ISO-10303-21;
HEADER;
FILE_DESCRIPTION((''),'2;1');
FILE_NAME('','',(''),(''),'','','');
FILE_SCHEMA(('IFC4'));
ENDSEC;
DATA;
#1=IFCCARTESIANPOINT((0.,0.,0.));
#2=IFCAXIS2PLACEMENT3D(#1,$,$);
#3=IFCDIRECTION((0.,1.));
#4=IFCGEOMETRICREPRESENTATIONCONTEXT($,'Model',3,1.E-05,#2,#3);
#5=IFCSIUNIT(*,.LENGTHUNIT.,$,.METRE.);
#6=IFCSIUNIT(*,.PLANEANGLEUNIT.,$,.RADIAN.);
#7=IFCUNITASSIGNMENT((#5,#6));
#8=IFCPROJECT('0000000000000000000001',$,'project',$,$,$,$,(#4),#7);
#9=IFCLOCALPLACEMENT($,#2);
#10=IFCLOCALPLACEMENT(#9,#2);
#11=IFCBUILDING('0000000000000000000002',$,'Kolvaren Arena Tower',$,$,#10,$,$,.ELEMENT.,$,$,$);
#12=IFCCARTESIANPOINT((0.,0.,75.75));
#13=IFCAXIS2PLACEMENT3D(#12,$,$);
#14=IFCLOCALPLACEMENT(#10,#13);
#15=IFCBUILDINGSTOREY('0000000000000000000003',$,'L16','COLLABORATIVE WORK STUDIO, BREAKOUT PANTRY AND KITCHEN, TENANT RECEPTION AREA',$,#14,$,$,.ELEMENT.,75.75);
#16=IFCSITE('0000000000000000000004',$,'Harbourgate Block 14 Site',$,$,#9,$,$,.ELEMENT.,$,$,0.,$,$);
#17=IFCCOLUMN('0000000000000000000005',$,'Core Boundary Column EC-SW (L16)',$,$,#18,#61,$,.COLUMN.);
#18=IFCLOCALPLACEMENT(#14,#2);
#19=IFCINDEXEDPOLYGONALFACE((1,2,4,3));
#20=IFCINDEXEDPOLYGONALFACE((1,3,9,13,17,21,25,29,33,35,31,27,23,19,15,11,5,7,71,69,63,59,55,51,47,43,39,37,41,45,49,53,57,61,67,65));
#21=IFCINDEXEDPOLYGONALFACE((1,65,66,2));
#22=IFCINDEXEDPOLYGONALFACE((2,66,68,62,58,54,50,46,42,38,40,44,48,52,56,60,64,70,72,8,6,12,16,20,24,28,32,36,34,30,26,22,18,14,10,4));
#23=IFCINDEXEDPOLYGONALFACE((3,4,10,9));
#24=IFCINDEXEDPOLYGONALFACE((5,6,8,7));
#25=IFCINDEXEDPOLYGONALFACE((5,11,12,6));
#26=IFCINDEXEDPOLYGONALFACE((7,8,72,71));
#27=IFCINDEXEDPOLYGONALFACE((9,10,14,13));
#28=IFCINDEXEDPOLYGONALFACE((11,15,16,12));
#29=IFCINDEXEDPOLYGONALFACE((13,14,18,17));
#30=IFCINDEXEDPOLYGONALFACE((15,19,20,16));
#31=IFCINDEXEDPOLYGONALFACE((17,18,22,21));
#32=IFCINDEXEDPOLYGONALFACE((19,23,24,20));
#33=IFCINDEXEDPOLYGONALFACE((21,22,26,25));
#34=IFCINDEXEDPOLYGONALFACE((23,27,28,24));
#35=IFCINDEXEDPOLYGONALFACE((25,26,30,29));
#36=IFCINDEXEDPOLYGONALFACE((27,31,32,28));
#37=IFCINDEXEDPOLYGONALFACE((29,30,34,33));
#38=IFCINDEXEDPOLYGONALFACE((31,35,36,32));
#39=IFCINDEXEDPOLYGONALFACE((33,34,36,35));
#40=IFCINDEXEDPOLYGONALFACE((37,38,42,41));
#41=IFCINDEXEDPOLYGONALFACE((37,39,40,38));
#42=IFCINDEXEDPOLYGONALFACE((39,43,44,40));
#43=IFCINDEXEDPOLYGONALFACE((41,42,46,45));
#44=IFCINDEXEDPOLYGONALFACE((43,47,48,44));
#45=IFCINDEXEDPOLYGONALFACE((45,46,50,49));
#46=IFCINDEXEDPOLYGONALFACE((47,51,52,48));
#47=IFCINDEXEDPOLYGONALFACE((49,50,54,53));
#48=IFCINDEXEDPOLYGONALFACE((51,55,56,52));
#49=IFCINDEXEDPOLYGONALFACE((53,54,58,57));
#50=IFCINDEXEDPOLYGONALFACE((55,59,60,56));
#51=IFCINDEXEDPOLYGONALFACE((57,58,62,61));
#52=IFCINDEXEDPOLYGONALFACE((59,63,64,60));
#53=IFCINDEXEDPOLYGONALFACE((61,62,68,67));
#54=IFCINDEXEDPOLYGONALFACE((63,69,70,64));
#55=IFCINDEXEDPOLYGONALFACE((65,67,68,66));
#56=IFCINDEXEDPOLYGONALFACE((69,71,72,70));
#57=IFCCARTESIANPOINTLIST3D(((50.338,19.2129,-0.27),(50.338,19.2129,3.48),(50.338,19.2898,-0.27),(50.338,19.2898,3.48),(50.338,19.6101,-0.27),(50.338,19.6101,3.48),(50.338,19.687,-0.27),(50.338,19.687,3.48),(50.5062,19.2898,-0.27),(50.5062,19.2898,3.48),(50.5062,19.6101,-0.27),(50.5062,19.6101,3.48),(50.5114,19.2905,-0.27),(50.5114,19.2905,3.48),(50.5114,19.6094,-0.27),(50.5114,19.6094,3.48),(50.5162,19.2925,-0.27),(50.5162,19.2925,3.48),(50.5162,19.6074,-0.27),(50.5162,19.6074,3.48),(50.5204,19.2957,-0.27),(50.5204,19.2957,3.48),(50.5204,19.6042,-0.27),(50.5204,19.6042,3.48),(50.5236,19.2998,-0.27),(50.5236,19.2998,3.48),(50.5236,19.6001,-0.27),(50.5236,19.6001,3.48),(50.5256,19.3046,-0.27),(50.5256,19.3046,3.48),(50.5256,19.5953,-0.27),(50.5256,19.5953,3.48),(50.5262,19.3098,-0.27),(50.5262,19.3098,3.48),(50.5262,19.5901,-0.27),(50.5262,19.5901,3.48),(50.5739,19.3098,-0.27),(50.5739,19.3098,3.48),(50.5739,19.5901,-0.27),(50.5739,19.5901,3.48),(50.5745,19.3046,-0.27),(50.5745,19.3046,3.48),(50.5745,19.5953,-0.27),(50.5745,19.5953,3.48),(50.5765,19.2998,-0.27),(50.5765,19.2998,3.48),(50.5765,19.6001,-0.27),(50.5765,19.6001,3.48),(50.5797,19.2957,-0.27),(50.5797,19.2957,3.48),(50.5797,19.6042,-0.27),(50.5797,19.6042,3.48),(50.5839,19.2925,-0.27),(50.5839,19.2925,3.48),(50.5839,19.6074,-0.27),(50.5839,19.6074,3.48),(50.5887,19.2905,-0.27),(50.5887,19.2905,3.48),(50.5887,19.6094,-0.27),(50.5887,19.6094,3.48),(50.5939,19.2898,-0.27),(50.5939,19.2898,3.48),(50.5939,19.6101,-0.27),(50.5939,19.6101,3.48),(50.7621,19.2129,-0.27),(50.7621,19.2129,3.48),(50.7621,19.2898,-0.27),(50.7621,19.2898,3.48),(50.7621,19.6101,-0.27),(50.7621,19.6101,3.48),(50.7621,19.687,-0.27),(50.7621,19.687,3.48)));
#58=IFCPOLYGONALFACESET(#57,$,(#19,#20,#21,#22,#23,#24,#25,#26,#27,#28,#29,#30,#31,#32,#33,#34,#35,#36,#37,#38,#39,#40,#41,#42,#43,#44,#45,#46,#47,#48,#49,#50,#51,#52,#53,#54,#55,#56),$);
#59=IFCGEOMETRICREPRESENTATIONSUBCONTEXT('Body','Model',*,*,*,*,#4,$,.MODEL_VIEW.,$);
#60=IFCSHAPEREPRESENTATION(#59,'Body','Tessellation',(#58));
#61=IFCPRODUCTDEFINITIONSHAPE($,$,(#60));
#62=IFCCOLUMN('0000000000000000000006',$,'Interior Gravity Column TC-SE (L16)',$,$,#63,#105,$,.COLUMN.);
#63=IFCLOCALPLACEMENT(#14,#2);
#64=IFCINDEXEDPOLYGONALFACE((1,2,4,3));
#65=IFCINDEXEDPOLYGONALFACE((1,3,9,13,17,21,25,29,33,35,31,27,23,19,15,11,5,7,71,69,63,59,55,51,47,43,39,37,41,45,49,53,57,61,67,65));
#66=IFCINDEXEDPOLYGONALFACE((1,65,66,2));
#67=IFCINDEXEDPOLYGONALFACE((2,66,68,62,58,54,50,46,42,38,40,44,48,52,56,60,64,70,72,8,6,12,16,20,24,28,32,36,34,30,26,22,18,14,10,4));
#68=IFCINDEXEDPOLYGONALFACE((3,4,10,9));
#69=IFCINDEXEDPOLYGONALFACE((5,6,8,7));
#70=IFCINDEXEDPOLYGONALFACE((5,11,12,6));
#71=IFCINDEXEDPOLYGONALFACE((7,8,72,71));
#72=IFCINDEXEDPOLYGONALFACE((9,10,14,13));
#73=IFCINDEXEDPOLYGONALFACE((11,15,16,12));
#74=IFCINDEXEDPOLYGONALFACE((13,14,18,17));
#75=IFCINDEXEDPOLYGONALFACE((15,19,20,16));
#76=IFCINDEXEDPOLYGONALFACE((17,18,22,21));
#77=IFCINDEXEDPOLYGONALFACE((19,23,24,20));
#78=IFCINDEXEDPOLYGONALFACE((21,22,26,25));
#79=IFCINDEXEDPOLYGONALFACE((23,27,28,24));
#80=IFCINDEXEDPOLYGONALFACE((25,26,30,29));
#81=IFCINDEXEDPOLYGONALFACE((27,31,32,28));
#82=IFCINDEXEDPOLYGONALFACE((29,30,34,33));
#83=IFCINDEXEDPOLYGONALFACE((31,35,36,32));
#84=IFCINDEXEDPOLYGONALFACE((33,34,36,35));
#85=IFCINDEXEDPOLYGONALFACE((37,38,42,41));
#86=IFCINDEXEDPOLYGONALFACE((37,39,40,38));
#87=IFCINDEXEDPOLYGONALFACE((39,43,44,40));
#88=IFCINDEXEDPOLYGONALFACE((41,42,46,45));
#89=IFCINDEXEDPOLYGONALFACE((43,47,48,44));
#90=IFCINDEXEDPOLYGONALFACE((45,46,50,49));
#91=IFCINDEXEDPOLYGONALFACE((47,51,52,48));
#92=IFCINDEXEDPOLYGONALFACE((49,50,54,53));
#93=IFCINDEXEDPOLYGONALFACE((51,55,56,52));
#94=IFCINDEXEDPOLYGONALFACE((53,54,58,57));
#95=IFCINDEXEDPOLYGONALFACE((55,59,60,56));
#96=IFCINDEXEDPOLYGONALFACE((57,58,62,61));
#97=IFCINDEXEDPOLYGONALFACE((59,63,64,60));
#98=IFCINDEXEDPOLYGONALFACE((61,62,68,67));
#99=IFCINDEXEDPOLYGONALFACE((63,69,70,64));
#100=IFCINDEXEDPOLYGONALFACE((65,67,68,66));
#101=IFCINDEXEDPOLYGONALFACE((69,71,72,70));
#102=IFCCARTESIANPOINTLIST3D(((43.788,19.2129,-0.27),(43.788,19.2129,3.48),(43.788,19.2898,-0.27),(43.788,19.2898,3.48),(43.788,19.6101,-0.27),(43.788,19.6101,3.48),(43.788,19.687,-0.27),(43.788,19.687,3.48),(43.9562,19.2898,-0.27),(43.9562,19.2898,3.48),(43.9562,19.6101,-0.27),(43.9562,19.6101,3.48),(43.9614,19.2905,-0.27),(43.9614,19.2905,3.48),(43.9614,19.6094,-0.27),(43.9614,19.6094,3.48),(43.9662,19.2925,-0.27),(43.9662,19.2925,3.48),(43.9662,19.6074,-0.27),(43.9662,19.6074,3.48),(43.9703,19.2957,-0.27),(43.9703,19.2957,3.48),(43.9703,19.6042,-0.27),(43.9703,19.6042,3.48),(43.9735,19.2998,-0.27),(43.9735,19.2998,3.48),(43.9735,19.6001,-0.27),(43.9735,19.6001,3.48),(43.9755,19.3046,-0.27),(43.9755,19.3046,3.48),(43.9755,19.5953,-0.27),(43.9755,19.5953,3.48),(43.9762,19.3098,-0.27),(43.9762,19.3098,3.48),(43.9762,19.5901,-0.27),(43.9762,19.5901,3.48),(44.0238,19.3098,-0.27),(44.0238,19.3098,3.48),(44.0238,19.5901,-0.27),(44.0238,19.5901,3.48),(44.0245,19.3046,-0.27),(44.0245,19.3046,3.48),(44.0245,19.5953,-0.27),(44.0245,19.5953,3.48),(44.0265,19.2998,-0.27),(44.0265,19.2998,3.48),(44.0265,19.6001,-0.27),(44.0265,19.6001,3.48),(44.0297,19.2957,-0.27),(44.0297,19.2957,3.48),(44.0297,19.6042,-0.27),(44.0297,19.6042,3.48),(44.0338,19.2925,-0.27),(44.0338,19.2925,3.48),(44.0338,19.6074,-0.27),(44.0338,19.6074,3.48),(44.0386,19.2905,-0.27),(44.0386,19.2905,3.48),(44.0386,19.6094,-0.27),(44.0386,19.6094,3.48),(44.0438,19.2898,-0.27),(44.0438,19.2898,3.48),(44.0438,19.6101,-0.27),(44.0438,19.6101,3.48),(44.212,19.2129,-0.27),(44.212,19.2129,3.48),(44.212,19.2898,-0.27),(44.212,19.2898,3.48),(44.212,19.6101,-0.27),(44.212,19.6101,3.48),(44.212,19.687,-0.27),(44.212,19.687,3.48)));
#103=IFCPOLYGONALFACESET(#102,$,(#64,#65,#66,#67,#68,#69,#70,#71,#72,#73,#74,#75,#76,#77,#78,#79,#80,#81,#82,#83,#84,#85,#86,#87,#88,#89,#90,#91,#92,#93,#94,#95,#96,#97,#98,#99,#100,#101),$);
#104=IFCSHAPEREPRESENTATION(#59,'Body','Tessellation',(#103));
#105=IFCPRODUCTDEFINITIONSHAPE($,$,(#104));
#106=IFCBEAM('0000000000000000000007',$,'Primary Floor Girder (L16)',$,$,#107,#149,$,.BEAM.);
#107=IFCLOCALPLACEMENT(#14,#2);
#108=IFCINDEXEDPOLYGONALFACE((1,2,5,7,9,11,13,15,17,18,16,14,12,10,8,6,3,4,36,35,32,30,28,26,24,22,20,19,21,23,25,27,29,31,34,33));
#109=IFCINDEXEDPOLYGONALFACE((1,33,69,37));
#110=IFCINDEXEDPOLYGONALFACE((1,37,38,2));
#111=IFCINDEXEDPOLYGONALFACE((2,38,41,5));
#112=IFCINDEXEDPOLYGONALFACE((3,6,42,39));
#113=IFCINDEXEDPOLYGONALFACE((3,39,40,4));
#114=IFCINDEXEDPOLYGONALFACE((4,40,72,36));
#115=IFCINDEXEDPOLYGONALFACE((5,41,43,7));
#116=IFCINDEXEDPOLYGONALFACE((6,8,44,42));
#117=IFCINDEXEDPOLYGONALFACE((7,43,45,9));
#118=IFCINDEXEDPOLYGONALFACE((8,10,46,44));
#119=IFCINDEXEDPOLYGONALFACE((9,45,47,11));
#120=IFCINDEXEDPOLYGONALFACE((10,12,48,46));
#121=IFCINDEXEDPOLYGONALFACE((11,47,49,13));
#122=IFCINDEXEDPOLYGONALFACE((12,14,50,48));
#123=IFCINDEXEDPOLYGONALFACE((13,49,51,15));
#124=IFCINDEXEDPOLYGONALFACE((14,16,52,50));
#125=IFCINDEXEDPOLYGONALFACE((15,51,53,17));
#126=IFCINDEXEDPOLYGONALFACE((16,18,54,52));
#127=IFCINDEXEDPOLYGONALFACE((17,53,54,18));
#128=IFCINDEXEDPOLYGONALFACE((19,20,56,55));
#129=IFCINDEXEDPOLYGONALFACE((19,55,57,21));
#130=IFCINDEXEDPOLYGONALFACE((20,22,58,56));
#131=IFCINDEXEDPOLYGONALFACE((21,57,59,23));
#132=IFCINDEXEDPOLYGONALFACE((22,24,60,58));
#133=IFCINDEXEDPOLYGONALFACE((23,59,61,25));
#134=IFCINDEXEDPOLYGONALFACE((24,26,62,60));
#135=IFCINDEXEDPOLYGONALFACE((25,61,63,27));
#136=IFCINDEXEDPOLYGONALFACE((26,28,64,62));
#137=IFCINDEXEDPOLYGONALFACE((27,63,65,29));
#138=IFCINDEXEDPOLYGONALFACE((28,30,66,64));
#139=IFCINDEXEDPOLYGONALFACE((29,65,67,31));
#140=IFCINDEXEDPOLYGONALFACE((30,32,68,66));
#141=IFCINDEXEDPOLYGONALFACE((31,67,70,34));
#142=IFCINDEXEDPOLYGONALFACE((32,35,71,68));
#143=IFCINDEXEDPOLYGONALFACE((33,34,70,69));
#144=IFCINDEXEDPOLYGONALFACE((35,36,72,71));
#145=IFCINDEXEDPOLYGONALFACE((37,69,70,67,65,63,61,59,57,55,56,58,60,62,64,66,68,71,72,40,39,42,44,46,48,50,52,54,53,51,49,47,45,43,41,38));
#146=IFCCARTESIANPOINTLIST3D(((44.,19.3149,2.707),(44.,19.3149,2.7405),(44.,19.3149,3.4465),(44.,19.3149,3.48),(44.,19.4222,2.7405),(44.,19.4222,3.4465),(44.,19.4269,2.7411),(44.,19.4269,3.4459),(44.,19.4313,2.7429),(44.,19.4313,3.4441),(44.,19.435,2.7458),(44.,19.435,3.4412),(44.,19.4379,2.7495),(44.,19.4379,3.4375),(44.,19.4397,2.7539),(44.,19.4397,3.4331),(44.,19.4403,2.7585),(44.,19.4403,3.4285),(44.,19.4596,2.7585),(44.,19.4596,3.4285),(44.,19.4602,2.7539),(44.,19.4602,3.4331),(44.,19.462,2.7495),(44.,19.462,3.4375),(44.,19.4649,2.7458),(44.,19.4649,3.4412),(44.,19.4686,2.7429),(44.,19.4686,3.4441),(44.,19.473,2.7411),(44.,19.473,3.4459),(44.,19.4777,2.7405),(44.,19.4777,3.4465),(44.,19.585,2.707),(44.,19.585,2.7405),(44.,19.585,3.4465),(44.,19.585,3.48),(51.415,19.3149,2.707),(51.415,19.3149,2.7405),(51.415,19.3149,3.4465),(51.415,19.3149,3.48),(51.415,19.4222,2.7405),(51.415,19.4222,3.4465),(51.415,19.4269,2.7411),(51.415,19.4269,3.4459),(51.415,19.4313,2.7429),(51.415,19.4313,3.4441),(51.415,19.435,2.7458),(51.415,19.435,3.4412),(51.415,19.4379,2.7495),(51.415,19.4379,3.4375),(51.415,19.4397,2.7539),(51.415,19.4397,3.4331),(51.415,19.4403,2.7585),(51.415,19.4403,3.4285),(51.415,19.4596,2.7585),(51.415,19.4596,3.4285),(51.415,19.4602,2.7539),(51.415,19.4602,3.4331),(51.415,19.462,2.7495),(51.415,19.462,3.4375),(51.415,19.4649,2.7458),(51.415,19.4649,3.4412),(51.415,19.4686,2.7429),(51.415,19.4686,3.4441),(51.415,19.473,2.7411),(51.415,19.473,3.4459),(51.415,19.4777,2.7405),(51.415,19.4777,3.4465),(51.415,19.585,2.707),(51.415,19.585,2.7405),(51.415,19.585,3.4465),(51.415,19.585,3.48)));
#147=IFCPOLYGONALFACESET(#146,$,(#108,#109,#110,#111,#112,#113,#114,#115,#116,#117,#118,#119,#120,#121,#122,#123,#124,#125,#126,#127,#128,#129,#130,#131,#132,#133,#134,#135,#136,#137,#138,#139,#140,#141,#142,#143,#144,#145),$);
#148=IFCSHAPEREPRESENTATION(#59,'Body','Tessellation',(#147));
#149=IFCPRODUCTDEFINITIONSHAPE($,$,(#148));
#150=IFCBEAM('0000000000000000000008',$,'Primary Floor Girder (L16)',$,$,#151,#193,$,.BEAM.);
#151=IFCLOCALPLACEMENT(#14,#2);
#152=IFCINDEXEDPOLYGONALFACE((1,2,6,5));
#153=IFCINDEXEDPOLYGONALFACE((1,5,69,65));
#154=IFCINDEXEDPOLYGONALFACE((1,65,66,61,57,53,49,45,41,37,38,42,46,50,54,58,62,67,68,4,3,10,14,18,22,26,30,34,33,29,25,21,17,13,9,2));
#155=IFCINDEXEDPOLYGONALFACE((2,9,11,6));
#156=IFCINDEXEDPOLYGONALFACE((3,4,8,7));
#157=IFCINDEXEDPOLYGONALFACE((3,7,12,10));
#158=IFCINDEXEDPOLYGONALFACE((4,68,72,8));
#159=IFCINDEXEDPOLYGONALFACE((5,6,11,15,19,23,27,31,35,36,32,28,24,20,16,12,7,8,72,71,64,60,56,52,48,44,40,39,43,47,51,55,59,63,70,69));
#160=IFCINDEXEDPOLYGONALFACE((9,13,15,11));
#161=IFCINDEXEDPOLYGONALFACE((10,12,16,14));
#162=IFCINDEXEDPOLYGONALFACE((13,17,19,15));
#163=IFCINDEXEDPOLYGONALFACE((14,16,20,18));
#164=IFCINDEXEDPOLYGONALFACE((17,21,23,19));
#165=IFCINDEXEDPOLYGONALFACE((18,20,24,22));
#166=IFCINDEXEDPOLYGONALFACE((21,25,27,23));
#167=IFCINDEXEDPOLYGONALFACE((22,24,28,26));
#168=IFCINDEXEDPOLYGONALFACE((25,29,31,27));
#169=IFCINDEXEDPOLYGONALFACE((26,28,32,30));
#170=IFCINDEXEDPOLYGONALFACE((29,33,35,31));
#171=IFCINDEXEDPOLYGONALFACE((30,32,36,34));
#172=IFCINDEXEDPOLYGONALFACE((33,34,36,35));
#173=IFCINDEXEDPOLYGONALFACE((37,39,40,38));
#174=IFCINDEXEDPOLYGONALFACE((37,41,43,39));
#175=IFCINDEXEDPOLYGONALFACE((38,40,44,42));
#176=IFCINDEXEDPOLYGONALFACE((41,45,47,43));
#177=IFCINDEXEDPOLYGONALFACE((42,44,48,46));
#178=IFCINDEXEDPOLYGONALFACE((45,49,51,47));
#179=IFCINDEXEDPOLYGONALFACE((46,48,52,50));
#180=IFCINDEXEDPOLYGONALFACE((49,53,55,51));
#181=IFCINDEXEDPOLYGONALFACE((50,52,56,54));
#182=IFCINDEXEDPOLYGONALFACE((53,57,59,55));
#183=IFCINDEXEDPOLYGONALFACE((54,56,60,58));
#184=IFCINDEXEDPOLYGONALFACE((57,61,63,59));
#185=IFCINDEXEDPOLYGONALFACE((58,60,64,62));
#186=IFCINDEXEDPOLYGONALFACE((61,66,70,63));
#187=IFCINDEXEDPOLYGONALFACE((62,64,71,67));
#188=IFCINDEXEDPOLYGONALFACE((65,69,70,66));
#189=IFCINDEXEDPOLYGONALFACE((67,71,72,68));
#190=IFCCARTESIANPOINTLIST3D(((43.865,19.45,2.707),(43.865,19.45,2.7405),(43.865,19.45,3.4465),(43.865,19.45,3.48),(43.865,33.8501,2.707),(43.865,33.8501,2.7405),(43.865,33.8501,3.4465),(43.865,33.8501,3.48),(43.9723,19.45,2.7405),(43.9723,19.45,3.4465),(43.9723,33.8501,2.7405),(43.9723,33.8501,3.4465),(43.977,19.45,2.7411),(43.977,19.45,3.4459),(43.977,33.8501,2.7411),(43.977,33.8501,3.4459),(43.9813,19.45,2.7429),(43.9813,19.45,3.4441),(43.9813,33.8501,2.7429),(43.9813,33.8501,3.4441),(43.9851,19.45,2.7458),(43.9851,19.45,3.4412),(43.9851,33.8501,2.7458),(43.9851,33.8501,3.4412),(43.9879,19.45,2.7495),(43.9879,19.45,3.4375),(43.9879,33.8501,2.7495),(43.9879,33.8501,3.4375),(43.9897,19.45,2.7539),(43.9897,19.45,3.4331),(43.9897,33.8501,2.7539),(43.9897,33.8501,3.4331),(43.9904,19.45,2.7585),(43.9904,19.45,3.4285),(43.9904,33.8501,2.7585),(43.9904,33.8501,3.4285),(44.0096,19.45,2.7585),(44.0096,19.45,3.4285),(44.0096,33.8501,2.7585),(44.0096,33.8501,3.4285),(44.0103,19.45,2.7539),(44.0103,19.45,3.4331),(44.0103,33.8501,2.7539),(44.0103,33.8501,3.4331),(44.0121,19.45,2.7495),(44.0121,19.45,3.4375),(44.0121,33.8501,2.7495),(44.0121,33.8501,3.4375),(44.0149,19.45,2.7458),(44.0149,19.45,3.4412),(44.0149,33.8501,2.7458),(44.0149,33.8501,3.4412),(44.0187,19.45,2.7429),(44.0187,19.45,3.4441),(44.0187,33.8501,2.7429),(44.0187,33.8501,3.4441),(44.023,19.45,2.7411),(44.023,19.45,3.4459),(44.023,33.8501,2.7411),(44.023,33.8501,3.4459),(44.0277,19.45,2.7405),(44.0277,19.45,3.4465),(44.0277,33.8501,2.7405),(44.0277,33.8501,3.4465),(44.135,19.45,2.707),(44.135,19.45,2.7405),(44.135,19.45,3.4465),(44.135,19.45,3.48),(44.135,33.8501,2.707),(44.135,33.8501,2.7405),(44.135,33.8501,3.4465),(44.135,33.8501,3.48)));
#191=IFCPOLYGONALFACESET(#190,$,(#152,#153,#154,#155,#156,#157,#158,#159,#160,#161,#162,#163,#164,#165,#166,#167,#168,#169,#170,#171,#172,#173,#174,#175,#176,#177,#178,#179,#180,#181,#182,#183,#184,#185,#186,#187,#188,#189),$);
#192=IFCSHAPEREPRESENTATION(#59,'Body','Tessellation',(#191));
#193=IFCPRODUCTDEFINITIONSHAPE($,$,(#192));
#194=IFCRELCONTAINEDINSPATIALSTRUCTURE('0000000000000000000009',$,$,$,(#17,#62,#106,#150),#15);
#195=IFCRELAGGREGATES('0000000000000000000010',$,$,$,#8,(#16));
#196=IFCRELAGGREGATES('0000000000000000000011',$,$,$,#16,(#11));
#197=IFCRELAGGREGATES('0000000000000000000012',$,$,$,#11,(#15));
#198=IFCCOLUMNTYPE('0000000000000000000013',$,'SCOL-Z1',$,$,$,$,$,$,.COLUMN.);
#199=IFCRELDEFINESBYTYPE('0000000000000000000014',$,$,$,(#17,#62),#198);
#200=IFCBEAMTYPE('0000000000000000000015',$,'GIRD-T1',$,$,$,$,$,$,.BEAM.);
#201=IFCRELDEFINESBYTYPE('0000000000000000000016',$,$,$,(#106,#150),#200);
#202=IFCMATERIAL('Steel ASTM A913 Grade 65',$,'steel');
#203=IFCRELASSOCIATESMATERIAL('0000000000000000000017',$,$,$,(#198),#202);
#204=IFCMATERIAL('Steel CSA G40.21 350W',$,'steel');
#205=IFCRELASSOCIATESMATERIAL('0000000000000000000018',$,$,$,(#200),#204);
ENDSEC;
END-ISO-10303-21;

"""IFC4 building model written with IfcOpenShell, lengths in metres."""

from ifc_helpers import new_model, si_unit, direction, frame, origin, origin_2d, place, context, subcontext, project, spatial, i_section, extrude, material, material_profile, profile_set, type_object, element, save


model = new_model("IFC4")

# Units and contexts
model_context = context("Model", 3, precision=1e-05, world=origin(), true_north=direction((0.0, 1.0)))
body_context = subcontext(model_context, "Body", "Model", "MODEL_VIEW")
ifc_project = project(units=[si_unit("LENGTHUNIT", "METRE"), si_unit("PLANEANGLEUNIT", "RADIAN")], contexts=[model_context])

# Site, building, storey
site_placement = place(None, origin())
site = spatial("IfcSite", under=ifc_project, at=site_placement, Name="Harbourgate Block 14 Site", CompositionType="ELEMENT", RefElevation=0.0)
building_placement = place(site_placement, origin())
building = spatial("IfcBuilding", under=site, at=building_placement, Name="Kolvaren Arena Tower", CompositionType="ELEMENT")
storey_placement = place(building_placement, frame((0.0, 0.0, 75.75)))
storey = spatial("IfcBuildingStorey", under=building, at=storey_placement, Name="L16", Description="COLLABORATIVE WORK STUDIO, BREAKOUT PANTRY AND KITCHEN, TENANT RECEPTION AREA", CompositionType="ELEMENT", Elevation=75.75)

# Columns
ifc_material_1 = material(Name="Steel ASTM A913 Grade 65", Category="steel")
ifc_material_profile_1 = material_profile(ifc_material_1, i_section(OverallWidth=0.4241, OverallDepth=0.4741, WebThickness=0.0476, FlangeThickness=0.0769, FilletRadius=0.02, at=origin_2d()), Name="W360x634")
ifc_profile_set_1 = profile_set([ifc_material_profile_1], Name="Steel ASTM A913 Grade 65")
column_type = type_object("IfcColumnType", Name="SCOL-Z1", PredefinedType="COLUMN", material=ifc_profile_set_1)
for number, where, z_axis, x_axis, name in (
    (1, (50.55, 19.45, -0.27), (0.0, 0.0, 1.0), (1.0, 0.0, 0.0), "Core Boundary Column EC-SW (L16)"),
    (2, (44.0, 19.45, -0.27), (0.0, 0.0, 1.0), (1.0, 0.0, 0.0), "Interior Gravity Column TC-SE (L16)"),
):
    element("IfcColumn", number, at=place(storey_placement, frame(where, z_axis=z_axis, x_axis=x_axis)), inside=storey, type_object=column_type, Name=name, PredefinedType="COLUMN", context=body_context, shape_type="SweptSolid", body=[
        extrude(i_section(OverallWidth=0.4241, OverallDepth=0.4741, WebThickness=0.0476, FlangeThickness=0.0769, FilletRadius=0.02, at=origin_2d()), origin(), (0.0, 0.0, 1.0), 3.75),
    ])

# Beams
ifc_material_2 = material(Name="Steel CSA G40.21 350W", Category="steel")
ifc_material_profile_2 = material_profile(ifc_material_2, i_section(OverallWidth=0.27, OverallDepth=0.7729, WebThickness=0.0193, FlangeThickness=0.0334, FilletRadius=0.0181, at=origin_2d()), Name="W760x257")
ifc_profile_set_2 = profile_set([ifc_material_profile_2], Name="Steel CSA G40.21 350W")
beam_type_1 = type_object("IfcBeamType", Name="GIRD-T1", PredefinedType="BEAM", material=ifc_profile_set_2)
beam_1_placement = place(storey_placement, frame((44.0, 19.45, 3.0935), z_axis=(1.0, 0.0, 0.0), x_axis=(0.0, 1.0, 0.0)))
element("IfcBeam", 3, at=beam_1_placement, inside=storey, type_object=beam_type_1, Name="Primary Floor Girder (L16)", PredefinedType="BEAM", context=body_context, shape_type="SweptSolid", body=[
    extrude(i_section(OverallWidth=0.27, OverallDepth=0.7729, WebThickness=0.0193, FlangeThickness=0.0334, FilletRadius=0.0181, at=origin_2d()), origin(), (0.0, 0.0, 1.0), 7.415),
])
beam_2_placement = place(storey_placement, frame((44.0, 19.45, 3.0935), z_axis=(0.0, 1.0, 0.0), x_axis=(-1.0, 0.0, 0.0)))
element("IfcBeam", 4, at=beam_2_placement, inside=storey, type_object=beam_type_1, Name="Primary Floor Girder (L16)", PredefinedType="BEAM", context=body_context, shape_type="SweptSolid", body=[
    extrude(i_section(OverallWidth=0.27, OverallDepth=0.7729, WebThickness=0.0193, FlangeThickness=0.0334, FilletRadius=0.0181, at=origin_2d()), origin(), (0.0, 0.0, 1.0), 14.4001),
])

save(model, "model.ifc")
